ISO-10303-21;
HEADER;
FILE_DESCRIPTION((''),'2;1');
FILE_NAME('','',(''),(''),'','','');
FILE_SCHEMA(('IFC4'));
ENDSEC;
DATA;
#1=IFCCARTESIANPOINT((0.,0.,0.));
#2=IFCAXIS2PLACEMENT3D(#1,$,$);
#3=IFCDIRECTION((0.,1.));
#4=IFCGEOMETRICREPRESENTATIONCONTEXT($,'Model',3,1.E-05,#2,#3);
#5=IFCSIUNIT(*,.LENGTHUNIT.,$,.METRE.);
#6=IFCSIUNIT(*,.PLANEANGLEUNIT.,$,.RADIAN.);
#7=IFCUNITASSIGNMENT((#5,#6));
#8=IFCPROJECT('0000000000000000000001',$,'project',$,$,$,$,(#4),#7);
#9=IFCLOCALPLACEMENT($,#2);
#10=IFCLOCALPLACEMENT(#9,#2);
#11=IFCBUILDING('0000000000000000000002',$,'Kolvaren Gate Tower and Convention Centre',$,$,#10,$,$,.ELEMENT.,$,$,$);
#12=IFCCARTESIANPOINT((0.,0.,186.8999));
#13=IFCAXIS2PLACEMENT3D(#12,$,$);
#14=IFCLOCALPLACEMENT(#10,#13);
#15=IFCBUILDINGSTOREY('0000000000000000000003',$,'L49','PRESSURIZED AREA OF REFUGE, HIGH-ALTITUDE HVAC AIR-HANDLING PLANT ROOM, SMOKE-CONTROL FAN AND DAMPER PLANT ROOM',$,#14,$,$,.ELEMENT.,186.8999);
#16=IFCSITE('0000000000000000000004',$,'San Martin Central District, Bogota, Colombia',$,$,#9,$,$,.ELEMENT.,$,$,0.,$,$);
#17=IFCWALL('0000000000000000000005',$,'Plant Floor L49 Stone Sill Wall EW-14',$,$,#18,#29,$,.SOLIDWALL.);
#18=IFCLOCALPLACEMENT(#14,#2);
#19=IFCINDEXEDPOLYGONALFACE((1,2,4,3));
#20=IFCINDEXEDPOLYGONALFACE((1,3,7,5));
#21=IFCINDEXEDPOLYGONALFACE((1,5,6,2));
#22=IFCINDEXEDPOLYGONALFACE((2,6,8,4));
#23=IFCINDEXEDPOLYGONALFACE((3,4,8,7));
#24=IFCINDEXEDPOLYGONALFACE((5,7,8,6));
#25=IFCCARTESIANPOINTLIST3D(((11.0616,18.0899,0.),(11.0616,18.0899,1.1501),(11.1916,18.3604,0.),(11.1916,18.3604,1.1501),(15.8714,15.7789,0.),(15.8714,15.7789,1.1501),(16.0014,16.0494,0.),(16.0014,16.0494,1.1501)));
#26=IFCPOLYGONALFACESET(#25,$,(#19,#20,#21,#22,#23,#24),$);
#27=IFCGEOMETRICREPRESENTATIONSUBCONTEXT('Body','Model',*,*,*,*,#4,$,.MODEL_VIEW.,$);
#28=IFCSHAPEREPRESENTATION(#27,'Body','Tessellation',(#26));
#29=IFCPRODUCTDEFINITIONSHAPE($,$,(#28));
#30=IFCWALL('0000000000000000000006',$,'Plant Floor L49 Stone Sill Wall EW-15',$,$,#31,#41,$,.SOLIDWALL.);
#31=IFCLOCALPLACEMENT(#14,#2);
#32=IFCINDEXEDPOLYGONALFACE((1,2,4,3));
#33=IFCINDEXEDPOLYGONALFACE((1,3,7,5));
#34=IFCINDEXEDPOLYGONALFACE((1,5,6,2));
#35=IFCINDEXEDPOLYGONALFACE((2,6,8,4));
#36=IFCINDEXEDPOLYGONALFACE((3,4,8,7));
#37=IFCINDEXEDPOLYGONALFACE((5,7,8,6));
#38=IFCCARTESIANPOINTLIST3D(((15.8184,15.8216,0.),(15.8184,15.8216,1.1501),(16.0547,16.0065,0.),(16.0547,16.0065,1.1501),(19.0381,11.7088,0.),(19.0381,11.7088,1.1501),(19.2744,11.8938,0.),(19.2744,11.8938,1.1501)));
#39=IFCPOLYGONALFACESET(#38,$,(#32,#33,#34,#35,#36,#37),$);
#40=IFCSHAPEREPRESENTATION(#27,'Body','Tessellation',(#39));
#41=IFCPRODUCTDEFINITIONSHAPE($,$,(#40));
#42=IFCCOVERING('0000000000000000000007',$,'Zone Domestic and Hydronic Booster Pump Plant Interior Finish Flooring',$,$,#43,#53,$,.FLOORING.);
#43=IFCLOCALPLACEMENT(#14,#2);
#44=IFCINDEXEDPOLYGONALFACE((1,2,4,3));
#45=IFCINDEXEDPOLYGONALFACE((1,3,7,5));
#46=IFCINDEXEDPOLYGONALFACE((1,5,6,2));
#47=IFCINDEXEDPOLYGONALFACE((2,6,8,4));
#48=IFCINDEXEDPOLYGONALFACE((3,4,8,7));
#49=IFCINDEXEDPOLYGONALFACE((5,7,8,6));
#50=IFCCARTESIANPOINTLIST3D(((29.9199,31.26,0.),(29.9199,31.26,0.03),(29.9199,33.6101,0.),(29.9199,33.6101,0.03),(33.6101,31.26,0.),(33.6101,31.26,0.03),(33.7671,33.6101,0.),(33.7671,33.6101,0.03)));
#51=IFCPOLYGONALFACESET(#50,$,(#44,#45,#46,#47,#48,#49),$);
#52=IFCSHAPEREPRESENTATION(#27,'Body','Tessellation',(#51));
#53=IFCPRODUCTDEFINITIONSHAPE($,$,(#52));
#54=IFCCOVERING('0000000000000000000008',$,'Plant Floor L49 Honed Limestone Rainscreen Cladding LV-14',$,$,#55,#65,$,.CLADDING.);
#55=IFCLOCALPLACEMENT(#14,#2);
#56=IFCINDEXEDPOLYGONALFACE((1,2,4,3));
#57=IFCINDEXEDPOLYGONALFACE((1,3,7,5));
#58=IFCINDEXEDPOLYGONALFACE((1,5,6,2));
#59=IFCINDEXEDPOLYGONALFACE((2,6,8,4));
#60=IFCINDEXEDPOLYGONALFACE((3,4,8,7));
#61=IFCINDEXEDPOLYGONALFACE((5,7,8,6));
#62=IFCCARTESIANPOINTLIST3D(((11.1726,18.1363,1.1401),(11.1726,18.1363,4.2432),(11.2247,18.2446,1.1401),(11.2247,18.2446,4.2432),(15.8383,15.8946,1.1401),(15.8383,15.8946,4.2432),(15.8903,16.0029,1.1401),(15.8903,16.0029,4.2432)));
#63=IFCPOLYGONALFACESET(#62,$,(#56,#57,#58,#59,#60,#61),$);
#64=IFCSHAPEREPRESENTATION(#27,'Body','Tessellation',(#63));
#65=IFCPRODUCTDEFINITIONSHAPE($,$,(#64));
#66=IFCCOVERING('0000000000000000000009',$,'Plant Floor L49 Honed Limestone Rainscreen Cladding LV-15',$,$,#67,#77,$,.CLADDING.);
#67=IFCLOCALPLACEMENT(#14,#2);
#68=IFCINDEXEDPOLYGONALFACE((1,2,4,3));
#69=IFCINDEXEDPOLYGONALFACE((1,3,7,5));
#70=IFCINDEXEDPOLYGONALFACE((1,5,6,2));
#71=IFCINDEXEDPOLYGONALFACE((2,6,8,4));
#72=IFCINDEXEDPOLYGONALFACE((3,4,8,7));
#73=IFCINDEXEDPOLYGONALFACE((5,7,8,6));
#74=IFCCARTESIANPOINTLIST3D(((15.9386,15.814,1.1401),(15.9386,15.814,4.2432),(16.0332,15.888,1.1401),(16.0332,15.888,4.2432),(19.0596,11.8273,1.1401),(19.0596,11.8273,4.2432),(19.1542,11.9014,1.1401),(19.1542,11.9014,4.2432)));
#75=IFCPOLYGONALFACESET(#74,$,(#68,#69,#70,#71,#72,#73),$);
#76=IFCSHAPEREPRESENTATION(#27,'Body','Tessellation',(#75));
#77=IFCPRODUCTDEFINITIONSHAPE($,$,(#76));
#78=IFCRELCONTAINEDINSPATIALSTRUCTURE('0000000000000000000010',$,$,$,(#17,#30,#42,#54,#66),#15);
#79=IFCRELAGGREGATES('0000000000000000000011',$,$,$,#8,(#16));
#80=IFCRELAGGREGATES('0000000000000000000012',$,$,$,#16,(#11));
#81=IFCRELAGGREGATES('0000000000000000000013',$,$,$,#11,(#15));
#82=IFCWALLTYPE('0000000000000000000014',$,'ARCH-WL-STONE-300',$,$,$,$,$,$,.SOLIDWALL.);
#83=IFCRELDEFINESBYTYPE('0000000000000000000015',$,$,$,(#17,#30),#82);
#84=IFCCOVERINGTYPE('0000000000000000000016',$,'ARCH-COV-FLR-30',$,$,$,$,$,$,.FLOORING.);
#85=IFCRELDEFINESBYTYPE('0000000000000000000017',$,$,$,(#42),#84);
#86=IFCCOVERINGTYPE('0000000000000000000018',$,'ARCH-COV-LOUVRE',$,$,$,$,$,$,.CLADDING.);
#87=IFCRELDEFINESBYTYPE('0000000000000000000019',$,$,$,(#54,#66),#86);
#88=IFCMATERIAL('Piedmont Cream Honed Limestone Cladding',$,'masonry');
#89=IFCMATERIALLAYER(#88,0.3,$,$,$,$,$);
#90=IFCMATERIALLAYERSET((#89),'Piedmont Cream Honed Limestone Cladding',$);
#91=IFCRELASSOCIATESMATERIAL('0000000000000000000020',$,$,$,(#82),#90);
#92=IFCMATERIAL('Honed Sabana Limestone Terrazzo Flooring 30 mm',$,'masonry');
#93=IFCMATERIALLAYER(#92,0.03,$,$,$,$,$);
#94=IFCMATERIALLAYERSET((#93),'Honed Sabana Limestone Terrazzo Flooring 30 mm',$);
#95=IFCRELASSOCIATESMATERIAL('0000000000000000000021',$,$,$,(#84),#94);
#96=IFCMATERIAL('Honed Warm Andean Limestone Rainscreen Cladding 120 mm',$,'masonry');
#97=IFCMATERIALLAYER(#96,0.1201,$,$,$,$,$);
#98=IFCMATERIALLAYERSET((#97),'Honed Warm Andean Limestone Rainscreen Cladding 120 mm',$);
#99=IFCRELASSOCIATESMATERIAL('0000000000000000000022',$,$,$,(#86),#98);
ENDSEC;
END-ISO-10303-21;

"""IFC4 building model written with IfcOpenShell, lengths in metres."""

from ifc_helpers import new_model, si_unit, direction, frame, frame_2d, origin, origin_2d, place, context, subcontext, project, spatial, polyline, rectangle, outline, extrude, material, layer, layer_set, type_object, element, save


model = new_model("IFC4")

# Units and contexts
model_context = context("Model", 3, precision=1e-05, world=origin(), true_north=direction((0.0, 1.0)))
body_context = subcontext(model_context, "Body", "Model", "MODEL_VIEW")
ifc_project = project(units=[si_unit("LENGTHUNIT", "METRE"), si_unit("PLANEANGLEUNIT", "RADIAN")], contexts=[model_context])

# Site, building, storey
site_placement = place(None, origin())
site = spatial("IfcSite", under=ifc_project, at=site_placement, Name="San Martin Central District, Bogota, Colombia", CompositionType="ELEMENT", RefElevation=0.0)
building_placement = place(site_placement, origin())
building = spatial("IfcBuilding", under=site, at=building_placement, Name="Kolvaren Gate Tower and Convention Centre", CompositionType="ELEMENT")
storey_placement = place(building_placement, frame((0.0, 0.0, 186.8999)))
storey = spatial("IfcBuildingStorey", under=building, at=storey_placement, Name="L49", Description="PRESSURIZED AREA OF REFUGE, HIGH-ALTITUDE HVAC AIR-HANDLING PLANT ROOM, SMOKE-CONTROL FAN AND DAMPER PLANT ROOM", CompositionType="ELEMENT", Elevation=186.8999)

# Walls
ifc_material_1 = material(Name="Piedmont Cream Honed Limestone Cladding", Category="masonry")
ifc_layer_1 = layer(ifc_material_1, 0.3)
ifc_layer_set_1 = layer_set([ifc_layer_1], Name="Piedmont Cream Honed Limestone Cladding")
wall_type_1 = type_object("IfcWallType", Name="ARCH-WL-STONE-300", PredefinedType="SOLIDWALL", material=ifc_layer_set_1)
wall_1_placement = place(storey_placement, frame((11.1267, 18.2251, 0.0), z_axis=(0.0, 0.0, 1.0), x_axis=(0.901353, -0.433085, 0.0)))
element("IfcWall", 1, at=wall_1_placement, inside=storey, type_object=wall_type_1, Name="Plant Floor L49 Stone Sill Wall EW-14", PredefinedType="SOLIDWALL", context=body_context, shape_type="SweptSolid", body=[
    extrude(rectangle(XDim=5.3362, YDim=0.3, at=frame_2d((2.668, 0.0))), origin(), (0.0, 0.0, 1.0), 1.1501),
])
wall_2_placement = place(storey_placement, frame((15.9365, 15.9141, 0.0), z_axis=(0.0, 0.0, 1.0), x_axis=(0.616429, -0.78741, 0.0)))
element("IfcWall", 2, at=wall_2_placement, inside=storey, type_object=wall_type_1, Name="Plant Floor L49 Stone Sill Wall EW-15", PredefinedType="SOLIDWALL", context=body_context, shape_type="SweptSolid", body=[
    extrude(rectangle(XDim=5.2231, YDim=0.3, at=frame_2d((2.6116, 0.0))), origin(), (0.0, 0.0, 1.0), 1.1501),
])

# Coverings
ifc_material_2 = material(Name="Honed Sabana Limestone Terrazzo Flooring 30 mm", Category="masonry")
ifc_layer_2 = layer(ifc_material_2, 0.03)
ifc_layer_set_2 = layer_set([ifc_layer_2], Name="Honed Sabana Limestone Terrazzo Flooring 30 mm")
covering_type_1 = type_object("IfcCoveringType", Name="ARCH-COV-FLR-30", PredefinedType="FLOORING", material=ifc_layer_set_2)
covering_1_placement = place(storey_placement, origin())
element("IfcCovering", 3, at=covering_1_placement, inside=storey, type_object=covering_type_1, Name="Zone Domestic and Hydronic Booster Pump Plant Interior Finish Flooring", PredefinedType="FLOORING", context=body_context, shape_type="SweptSolid", body=[
    extrude(outline(polyline([(29.9199, 31.26), (29.9199, 33.6101), (33.7671, 33.6101), (33.6101, 31.26), (29.9199, 31.26)])), origin(), (0.0, 0.0, 1.0), 0.03),
])
ifc_material_3 = material(Name="Honed Warm Andean Limestone Rainscreen Cladding 120 mm", Category="masonry")
ifc_layer_3 = layer(ifc_material_3, 0.1201)
ifc_layer_set_3 = layer_set([ifc_layer_3], Name="Honed Warm Andean Limestone Rainscreen Cladding 120 mm")
covering_type_2 = type_object("IfcCoveringType", Name="ARCH-COV-LOUVRE", PredefinedType="CLADDING", material=ifc_layer_set_3)
covering_2_placement = place(storey_placement, frame((13.5315, 17.0696, 1.1401), z_axis=(0.0, 0.0, 1.0), x_axis=(0.901358, -0.433074, 0.0)))
element("IfcCovering", 4, at=covering_2_placement, inside=storey, type_object=covering_type_2, Name="Plant Floor L49 Honed Limestone Rainscreen Cladding LV-14", PredefinedType="CLADDING", context=body_context, shape_type="SweptSolid", body=[
    extrude(rectangle(XDim=5.1763, YDim=0.1201, at=origin_2d()), origin(), (0.0, 0.0, 1.0), 3.103),
])
covering_3_placement = place(storey_placement, frame((17.5464, 13.8577, 1.1401), z_axis=(0.0, 0.0, 1.0), x_axis=(0.616434, -0.787406, 0.0)))
element("IfcCovering", 5, at=covering_3_placement, inside=storey, type_object=covering_type_2, Name="Plant Floor L49 Honed Limestone Rainscreen Cladding LV-15", PredefinedType="CLADDING", context=body_context, shape_type="SweptSolid", body=[
    extrude(rectangle(XDim=5.063, YDim=0.1201, at=origin_2d()), origin(), (0.0, 0.0, 1.0), 3.103),
])

save(model, "model.ifc")
